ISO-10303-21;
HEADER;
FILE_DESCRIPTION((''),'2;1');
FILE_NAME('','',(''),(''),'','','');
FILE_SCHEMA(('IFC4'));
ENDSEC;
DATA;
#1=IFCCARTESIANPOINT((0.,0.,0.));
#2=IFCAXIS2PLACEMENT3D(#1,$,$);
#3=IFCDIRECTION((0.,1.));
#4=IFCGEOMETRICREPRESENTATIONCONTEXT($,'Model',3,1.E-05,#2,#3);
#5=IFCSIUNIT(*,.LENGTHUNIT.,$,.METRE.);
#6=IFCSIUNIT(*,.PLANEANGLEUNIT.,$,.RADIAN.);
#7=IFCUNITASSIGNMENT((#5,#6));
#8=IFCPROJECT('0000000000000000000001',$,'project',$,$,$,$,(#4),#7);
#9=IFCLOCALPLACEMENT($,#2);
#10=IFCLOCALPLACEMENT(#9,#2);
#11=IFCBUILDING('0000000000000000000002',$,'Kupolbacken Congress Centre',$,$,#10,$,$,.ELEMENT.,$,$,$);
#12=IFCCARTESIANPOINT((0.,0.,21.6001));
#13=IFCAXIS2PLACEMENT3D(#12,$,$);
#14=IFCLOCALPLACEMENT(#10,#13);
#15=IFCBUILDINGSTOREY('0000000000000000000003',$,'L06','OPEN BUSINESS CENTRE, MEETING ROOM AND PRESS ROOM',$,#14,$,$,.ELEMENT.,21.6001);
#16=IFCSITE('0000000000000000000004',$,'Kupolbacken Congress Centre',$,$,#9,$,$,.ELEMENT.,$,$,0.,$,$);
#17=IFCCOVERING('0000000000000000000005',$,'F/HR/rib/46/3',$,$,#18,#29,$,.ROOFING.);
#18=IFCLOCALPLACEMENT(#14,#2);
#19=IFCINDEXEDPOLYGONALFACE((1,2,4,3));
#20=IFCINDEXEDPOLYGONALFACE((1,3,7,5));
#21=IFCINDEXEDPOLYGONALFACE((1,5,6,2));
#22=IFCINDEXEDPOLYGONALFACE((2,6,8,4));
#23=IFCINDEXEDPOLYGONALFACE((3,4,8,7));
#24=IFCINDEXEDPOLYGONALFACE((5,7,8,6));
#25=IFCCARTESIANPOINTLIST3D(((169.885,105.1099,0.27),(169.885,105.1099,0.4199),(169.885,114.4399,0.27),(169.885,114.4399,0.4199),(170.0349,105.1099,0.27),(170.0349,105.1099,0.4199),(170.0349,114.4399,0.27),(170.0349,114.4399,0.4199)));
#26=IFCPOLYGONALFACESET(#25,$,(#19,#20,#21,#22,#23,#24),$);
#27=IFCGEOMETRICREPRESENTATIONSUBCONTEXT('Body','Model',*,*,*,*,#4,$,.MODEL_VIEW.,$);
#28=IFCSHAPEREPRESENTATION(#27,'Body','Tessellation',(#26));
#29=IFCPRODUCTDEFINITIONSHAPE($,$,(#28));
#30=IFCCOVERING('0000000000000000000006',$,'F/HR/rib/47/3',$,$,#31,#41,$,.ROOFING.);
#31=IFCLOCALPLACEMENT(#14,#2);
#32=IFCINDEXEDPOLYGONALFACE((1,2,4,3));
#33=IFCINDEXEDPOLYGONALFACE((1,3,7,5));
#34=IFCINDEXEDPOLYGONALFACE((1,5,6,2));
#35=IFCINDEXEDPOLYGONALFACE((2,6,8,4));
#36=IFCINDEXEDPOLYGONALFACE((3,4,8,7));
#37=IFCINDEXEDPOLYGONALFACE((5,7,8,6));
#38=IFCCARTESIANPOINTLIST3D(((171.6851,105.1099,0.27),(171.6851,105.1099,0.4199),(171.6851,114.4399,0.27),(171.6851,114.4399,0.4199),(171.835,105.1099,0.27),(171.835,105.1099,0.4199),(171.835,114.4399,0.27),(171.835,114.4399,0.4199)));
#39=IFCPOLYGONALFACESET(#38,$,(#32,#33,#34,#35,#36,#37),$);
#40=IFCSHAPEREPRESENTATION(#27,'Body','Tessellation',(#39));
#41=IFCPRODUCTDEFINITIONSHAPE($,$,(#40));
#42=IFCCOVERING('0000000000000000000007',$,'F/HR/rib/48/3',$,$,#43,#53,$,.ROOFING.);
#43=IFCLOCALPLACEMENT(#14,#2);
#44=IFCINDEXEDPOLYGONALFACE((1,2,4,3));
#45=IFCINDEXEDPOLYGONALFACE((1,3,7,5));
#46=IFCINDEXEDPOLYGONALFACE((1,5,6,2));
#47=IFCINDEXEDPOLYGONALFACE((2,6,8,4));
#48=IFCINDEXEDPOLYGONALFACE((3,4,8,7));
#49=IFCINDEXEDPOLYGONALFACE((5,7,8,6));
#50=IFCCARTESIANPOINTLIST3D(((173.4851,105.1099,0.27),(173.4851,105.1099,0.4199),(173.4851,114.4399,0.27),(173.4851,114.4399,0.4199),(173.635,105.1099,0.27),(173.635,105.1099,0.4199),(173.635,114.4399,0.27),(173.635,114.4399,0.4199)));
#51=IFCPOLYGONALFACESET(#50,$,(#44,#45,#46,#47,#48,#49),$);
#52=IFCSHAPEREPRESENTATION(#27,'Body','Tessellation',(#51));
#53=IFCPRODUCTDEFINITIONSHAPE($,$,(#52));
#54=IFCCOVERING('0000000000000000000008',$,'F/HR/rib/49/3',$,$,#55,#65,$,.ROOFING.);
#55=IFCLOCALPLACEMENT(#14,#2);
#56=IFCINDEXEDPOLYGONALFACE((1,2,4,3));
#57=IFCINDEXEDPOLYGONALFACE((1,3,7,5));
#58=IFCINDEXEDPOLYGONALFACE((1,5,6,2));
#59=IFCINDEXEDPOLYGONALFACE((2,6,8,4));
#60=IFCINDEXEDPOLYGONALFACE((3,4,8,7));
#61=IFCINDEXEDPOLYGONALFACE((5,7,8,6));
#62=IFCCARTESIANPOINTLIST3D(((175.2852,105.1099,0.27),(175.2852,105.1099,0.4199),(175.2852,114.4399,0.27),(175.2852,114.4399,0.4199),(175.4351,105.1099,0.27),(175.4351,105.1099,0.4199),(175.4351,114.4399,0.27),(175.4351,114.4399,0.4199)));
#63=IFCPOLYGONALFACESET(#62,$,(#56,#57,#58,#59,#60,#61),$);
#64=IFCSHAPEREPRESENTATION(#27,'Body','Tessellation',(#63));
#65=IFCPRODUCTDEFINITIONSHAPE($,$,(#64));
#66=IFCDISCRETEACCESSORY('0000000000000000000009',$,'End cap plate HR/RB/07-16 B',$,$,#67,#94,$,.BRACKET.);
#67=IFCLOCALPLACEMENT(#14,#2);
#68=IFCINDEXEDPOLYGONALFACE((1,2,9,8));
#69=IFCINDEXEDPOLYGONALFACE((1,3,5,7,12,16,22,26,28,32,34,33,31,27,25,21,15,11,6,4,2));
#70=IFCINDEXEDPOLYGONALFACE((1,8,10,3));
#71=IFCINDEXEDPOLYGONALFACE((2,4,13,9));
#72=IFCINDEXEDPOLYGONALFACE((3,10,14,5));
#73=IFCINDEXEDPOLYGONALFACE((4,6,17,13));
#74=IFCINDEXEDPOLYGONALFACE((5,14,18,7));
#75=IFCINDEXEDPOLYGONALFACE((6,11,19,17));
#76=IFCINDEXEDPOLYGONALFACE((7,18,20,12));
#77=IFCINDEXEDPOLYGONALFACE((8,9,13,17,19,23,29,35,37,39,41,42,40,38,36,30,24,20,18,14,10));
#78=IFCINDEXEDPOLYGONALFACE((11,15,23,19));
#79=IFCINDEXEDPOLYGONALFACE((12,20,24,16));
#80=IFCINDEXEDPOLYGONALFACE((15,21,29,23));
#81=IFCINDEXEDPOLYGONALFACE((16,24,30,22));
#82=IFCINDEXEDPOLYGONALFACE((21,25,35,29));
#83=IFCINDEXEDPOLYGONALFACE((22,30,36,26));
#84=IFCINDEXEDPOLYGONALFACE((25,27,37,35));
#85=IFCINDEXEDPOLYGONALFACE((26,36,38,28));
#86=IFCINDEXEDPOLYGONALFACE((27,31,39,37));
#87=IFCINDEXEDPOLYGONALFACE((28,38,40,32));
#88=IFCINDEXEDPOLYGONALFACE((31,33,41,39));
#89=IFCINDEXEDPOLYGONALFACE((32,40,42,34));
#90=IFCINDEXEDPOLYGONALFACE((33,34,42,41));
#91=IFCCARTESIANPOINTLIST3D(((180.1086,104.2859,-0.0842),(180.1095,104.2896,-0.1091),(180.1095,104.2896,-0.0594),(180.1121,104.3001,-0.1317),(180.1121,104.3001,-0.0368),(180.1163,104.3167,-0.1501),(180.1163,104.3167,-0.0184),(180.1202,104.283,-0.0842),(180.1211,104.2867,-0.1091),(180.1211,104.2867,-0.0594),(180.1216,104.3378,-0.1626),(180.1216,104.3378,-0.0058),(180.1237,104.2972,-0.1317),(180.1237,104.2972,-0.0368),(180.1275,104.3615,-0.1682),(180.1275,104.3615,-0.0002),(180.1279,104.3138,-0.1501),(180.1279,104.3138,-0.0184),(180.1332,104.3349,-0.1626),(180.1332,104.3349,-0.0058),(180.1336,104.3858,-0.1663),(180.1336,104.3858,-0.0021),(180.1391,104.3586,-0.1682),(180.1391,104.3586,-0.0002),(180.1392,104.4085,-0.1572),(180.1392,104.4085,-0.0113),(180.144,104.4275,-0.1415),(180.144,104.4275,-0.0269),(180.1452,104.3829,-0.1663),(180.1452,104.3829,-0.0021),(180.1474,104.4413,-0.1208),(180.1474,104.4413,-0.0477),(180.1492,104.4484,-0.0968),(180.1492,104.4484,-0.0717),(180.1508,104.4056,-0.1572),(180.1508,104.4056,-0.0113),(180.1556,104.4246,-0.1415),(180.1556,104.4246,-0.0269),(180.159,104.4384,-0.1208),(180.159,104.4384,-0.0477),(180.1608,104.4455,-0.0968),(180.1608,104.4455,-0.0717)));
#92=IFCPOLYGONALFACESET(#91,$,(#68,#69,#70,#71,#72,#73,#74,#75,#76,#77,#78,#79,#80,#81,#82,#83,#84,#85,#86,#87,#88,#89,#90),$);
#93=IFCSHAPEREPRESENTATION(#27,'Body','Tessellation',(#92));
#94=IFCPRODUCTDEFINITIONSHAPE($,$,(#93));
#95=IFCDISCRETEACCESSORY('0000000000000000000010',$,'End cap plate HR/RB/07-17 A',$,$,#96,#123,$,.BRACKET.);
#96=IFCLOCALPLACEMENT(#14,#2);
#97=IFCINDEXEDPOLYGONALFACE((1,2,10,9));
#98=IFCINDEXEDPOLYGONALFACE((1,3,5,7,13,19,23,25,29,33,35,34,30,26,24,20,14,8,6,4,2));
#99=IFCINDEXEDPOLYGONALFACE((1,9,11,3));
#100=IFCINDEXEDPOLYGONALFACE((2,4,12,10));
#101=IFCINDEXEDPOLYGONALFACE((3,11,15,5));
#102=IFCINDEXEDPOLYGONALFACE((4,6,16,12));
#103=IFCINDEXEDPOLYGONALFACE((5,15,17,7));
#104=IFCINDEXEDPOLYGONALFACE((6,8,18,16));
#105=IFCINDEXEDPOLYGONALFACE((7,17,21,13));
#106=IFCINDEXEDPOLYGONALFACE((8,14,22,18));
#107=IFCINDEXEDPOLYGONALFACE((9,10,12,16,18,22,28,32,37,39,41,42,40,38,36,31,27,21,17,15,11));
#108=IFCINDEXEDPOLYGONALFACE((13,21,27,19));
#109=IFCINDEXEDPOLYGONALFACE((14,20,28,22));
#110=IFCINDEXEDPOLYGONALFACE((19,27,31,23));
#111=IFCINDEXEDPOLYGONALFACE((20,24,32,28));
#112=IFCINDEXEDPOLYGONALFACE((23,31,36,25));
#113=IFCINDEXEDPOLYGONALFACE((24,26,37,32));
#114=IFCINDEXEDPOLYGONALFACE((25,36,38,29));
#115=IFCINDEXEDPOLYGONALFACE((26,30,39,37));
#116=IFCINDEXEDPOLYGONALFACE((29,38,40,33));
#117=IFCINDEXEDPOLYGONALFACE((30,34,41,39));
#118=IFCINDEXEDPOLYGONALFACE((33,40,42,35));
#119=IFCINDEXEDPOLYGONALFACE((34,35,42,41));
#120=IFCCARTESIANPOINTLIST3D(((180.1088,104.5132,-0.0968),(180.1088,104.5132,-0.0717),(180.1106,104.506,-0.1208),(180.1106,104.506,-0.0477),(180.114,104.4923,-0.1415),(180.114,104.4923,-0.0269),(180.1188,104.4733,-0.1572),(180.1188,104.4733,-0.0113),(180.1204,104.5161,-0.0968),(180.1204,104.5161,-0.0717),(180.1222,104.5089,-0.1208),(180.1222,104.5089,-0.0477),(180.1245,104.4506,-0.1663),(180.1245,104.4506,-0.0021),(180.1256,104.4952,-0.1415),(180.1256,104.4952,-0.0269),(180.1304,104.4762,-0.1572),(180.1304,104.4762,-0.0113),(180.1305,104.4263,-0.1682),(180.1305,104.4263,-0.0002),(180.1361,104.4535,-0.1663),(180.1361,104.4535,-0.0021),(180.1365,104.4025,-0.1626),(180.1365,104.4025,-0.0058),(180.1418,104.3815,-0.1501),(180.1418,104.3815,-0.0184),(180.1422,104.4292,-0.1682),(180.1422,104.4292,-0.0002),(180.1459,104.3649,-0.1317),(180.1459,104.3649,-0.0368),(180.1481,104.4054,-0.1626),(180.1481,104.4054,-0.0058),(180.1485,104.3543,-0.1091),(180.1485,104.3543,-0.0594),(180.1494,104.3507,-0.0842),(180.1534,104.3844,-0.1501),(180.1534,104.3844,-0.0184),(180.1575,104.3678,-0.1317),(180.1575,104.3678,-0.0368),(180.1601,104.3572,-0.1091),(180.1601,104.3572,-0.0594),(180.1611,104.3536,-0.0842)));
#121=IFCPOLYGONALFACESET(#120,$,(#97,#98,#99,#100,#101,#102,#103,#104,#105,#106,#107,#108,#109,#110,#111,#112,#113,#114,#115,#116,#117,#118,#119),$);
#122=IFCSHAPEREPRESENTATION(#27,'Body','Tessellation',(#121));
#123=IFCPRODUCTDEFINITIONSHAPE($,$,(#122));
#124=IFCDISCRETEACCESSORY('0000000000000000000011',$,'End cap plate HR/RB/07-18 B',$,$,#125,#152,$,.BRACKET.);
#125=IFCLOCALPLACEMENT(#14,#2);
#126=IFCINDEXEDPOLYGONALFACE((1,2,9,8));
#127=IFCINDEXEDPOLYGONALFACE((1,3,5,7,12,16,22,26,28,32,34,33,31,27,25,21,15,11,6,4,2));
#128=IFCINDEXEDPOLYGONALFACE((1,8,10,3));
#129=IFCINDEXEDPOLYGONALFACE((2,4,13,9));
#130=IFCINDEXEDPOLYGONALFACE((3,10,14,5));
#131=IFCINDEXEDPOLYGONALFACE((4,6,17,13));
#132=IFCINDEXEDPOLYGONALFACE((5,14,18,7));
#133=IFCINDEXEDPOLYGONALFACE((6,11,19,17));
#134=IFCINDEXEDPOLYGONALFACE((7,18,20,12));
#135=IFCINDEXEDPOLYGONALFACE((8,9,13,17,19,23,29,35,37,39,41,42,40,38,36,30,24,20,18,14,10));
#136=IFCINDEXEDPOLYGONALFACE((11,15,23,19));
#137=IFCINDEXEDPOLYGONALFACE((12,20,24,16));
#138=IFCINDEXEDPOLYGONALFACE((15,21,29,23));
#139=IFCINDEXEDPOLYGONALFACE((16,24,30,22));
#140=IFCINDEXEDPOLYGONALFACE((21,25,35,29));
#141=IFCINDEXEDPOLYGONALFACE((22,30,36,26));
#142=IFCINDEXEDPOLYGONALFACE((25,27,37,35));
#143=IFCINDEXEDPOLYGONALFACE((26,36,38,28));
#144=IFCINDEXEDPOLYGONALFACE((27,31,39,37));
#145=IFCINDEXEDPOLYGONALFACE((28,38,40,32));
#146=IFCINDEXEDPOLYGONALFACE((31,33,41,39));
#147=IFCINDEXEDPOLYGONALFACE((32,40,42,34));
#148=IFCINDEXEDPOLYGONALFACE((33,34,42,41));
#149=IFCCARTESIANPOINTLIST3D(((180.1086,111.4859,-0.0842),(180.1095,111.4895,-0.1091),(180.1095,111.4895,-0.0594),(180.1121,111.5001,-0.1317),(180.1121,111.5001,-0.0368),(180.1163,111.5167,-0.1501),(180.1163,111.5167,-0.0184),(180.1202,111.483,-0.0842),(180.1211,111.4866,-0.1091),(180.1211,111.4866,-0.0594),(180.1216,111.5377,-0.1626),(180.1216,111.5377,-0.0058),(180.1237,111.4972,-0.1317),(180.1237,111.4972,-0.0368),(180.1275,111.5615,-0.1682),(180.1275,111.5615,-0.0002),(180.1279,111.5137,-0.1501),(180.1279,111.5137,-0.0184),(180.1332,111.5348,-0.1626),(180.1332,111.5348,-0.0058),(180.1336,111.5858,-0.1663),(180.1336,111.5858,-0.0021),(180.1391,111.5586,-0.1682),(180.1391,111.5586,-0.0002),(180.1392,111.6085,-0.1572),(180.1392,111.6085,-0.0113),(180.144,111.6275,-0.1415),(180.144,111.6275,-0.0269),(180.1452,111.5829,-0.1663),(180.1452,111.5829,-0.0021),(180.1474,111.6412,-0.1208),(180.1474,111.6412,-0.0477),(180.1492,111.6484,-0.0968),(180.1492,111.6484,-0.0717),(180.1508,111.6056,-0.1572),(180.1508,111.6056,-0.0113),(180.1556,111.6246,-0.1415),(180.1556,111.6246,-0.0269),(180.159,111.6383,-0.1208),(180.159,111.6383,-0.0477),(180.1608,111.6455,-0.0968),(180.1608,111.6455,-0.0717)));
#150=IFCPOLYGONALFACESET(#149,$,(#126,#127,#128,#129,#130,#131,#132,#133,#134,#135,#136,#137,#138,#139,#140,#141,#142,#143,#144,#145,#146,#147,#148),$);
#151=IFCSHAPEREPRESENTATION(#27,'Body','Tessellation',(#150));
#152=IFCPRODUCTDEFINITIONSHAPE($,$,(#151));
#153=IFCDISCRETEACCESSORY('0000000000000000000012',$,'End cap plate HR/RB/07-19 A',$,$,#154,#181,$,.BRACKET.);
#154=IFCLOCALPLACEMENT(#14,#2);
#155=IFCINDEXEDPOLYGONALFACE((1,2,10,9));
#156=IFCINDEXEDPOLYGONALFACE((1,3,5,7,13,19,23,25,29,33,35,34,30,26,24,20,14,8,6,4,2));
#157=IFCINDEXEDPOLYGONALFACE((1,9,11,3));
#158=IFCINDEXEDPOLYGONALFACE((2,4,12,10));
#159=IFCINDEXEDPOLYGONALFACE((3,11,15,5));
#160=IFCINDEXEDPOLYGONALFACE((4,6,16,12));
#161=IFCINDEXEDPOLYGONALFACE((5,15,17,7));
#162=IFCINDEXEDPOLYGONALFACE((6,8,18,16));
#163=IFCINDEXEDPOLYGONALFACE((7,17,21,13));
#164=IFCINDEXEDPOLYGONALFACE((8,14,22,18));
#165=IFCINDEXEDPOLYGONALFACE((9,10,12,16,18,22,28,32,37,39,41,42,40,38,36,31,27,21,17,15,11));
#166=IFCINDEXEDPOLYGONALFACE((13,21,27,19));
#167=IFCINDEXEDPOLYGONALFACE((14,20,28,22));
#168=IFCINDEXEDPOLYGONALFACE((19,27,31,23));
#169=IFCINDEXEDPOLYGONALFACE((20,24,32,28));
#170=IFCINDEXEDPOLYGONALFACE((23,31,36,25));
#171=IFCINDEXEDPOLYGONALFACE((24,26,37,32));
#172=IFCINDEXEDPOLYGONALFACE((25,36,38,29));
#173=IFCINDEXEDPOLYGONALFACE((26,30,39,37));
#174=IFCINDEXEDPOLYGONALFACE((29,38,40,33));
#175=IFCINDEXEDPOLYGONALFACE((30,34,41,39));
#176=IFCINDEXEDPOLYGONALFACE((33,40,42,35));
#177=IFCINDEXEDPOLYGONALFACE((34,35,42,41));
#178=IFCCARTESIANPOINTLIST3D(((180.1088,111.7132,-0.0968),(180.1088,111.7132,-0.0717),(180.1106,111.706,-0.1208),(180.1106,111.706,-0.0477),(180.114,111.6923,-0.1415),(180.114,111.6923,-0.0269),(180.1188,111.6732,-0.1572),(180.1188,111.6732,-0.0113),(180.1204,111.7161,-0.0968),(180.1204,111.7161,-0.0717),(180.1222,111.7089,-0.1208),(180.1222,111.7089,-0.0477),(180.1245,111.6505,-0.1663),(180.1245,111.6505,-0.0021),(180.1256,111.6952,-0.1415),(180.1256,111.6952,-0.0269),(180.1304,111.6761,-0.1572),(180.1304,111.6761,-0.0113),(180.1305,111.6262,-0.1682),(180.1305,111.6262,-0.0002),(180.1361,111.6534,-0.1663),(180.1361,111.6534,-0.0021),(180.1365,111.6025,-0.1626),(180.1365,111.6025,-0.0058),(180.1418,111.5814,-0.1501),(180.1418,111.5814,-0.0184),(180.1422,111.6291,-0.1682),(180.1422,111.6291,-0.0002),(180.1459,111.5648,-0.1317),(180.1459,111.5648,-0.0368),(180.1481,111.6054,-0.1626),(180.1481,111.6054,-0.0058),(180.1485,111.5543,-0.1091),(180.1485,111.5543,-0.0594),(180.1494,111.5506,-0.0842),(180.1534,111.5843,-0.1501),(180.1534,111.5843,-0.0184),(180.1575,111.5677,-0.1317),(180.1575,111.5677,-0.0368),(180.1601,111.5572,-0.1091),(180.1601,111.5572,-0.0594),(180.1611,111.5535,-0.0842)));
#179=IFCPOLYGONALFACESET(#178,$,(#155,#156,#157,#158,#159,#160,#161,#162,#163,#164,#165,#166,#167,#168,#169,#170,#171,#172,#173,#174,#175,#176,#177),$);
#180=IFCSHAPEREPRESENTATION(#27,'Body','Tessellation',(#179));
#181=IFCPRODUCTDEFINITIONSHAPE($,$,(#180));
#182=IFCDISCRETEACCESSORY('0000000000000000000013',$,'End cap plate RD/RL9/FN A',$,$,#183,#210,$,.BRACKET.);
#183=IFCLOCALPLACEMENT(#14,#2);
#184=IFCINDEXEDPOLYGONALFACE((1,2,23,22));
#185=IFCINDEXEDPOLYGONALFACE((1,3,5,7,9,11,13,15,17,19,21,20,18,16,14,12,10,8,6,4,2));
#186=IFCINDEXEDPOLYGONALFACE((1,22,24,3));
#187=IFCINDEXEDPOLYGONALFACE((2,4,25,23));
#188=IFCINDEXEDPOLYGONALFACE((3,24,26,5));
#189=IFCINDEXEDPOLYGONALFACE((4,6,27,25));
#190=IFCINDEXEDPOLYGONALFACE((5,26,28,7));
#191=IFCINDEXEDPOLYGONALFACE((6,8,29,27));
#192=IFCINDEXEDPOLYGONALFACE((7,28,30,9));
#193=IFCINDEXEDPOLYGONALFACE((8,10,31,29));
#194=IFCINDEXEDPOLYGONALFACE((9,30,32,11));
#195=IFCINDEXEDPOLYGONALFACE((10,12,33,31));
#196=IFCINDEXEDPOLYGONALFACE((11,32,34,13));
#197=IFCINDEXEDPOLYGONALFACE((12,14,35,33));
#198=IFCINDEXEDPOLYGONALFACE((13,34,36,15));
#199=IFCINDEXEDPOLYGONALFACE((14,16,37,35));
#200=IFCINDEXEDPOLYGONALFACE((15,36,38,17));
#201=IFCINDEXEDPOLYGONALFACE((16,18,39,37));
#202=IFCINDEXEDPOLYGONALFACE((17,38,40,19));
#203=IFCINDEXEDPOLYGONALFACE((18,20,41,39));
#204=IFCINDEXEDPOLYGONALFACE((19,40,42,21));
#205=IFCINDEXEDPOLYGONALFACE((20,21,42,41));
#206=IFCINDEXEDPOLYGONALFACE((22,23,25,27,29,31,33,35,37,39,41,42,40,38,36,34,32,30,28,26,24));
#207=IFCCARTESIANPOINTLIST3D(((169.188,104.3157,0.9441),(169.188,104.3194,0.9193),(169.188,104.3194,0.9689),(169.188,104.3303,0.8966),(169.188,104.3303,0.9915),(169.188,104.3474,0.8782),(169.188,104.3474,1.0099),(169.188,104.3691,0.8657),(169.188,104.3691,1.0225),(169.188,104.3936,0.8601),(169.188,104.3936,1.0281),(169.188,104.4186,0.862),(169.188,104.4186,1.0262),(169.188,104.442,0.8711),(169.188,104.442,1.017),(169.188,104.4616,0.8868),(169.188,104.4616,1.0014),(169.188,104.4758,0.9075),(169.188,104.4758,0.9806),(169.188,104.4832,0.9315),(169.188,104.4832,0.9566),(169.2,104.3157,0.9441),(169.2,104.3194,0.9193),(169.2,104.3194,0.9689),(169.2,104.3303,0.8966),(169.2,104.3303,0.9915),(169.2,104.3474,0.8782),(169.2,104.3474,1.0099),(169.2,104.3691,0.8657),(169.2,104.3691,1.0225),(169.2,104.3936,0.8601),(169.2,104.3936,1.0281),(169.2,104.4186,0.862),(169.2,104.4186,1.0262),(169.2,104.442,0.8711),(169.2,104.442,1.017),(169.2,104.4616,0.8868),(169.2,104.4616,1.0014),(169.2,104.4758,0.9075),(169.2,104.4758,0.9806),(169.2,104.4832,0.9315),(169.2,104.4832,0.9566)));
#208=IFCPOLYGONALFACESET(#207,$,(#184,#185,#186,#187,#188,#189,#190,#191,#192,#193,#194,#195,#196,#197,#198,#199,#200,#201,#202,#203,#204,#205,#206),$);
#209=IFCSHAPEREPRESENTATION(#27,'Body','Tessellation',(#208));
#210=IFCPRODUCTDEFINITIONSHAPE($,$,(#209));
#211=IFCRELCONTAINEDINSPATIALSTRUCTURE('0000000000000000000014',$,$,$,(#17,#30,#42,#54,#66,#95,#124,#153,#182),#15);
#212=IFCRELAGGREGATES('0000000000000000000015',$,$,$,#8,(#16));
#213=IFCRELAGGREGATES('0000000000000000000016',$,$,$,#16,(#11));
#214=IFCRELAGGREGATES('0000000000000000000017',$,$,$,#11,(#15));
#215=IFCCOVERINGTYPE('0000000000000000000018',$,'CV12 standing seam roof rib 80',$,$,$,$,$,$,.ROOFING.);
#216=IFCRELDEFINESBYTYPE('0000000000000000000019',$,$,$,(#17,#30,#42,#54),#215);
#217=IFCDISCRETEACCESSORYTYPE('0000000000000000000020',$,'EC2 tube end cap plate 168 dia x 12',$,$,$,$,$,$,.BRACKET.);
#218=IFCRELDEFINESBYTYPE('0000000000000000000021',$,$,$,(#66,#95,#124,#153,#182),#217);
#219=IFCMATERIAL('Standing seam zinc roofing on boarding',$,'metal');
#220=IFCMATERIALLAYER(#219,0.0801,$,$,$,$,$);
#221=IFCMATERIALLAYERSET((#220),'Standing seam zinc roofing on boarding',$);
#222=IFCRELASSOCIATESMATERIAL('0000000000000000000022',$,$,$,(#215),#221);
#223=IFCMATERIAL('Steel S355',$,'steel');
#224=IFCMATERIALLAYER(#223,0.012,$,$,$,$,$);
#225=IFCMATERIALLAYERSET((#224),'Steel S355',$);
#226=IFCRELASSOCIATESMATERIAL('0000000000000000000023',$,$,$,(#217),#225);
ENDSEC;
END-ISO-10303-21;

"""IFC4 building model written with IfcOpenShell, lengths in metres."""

from ifc_helpers import new_model, si_unit, direction, frame, origin, origin_2d, place, context, subcontext, project, spatial, rectangle, circle, extrude, material, layer, layer_set, type_object, element, save


model = new_model("IFC4")

# Units and contexts
model_context = context("Model", 3, precision=1e-05, world=origin(), true_north=direction((0.0, 1.0)))
body_context = subcontext(model_context, "Body", "Model", "MODEL_VIEW")
ifc_project = project(units=[si_unit("LENGTHUNIT", "METRE"), si_unit("PLANEANGLEUNIT", "RADIAN")], contexts=[model_context])

# Site, building, storey
site_placement = place(None, origin())
site = spatial("IfcSite", under=ifc_project, at=site_placement, Name="Kupolbacken Congress Centre", CompositionType="ELEMENT", RefElevation=0.0)
building_placement = place(site_placement, origin())
building = spatial("IfcBuilding", under=site, at=building_placement, Name="Kupolbacken Congress Centre", CompositionType="ELEMENT")
storey_placement = place(building_placement, frame((0.0, 0.0, 21.6001)))
storey = spatial("IfcBuildingStorey", under=building, at=storey_placement, Name="L06", Description="OPEN BUSINESS CENTRE, MEETING ROOM AND PRESS ROOM", CompositionType="ELEMENT", Elevation=21.6001)

# Coverings
ifc_material_1 = material(Name="Standing seam zinc roofing on boarding", Category="metal")
ifc_layer_1 = layer(ifc_material_1, 0.0801)
ifc_layer_set_1 = layer_set([ifc_layer_1], Name="Standing seam zinc roofing on boarding")
covering_type = type_object("IfcCoveringType", Name="CV12 standing seam roof rib 80", PredefinedType="ROOFING", material=ifc_layer_set_1)
for number, where, z_axis, x_axis, name in (
    (1, (169.96, 109.7749, 0.27), (0.0, 0.0, 1.0), (0.0, 1.0, 0.0), "F/HR/rib/46/3"),
    (2, (171.76, 109.7749, 0.27), (0.0, 0.0, 1.0), (0.0, 1.0, 0.0), "F/HR/rib/47/3"),
    (3, (173.5601, 109.7749, 0.27), (0.0, 0.0, 1.0), (0.0, 1.0, 0.0), "F/HR/rib/48/3"),
    (4, (175.3601, 109.7749, 0.27), (0.0, 0.0, 1.0), (0.0, 1.0, 0.0), "F/HR/rib/49/3"),
):
    element("IfcCovering", number, at=place(storey_placement, frame(where, z_axis=z_axis, x_axis=x_axis)), inside=storey, type_object=covering_type, Name=name, PredefinedType="ROOFING", context=body_context, shape_type="SweptSolid", body=[
        extrude(rectangle(XDim=9.3301, YDim=0.1499, at=origin_2d()), origin(), (0.0, 0.0, 1.0), 0.1499),
    ])

# Discrete accessories
ifc_material_2 = material(Name="Steel S355", Category="steel")
ifc_layer_2 = layer(ifc_material_2, 0.012)
ifc_layer_set_2 = layer_set([ifc_layer_2], Name="Steel S355")
discrete_accessory_type = type_object("IfcDiscreteAccessoryType", Name="EC2 tube end cap plate 168 dia x 12", PredefinedType="BRACKET", material=ifc_layer_set_2)
for number, where, z_axis, x_axis, name in (
    (5, (180.1406, 104.3647, -0.0842), (-0.970143, 0.242536, 0.0), (-0.242536, -0.970143, 0.0), "End cap plate HR/RB/07-16 B"),
    (6, (180.1406, 104.4353, -0.0842), (-0.970143, -0.242536, 0.0), (0.242536, -0.970143, 0.0), "End cap plate HR/RB/07-17 A"),
    (7, (180.1406, 111.5647, -0.0842), (-0.970143, 0.242536, 0.0), (-0.242536, -0.970143, 0.0), "End cap plate HR/RB/07-18 B"),
    (8, (180.1406, 111.6353, -0.0842), (-0.970143, -0.242536, 0.0), (0.242536, -0.970143, 0.0), "End cap plate HR/RB/07-19 A"),
    (9, (169.2, 104.3999, 0.9441), (-1.0, 0.0, 0.0), (0.0, -1.0, 0.0), "End cap plate RD/RL9/FN A"),
):
    element("IfcDiscreteAccessory", number, at=place(storey_placement, frame(where, z_axis=z_axis, x_axis=x_axis)), inside=storey, type_object=discrete_accessory_type, Name=name, PredefinedType="BRACKET", context=body_context, shape_type="SweptSolid", body=[
        extrude(circle(Radius=0.0842, at=origin_2d()), origin(), (0.0, 0.0, 1.0), 0.012),
    ])

save(model, "model.ifc")
